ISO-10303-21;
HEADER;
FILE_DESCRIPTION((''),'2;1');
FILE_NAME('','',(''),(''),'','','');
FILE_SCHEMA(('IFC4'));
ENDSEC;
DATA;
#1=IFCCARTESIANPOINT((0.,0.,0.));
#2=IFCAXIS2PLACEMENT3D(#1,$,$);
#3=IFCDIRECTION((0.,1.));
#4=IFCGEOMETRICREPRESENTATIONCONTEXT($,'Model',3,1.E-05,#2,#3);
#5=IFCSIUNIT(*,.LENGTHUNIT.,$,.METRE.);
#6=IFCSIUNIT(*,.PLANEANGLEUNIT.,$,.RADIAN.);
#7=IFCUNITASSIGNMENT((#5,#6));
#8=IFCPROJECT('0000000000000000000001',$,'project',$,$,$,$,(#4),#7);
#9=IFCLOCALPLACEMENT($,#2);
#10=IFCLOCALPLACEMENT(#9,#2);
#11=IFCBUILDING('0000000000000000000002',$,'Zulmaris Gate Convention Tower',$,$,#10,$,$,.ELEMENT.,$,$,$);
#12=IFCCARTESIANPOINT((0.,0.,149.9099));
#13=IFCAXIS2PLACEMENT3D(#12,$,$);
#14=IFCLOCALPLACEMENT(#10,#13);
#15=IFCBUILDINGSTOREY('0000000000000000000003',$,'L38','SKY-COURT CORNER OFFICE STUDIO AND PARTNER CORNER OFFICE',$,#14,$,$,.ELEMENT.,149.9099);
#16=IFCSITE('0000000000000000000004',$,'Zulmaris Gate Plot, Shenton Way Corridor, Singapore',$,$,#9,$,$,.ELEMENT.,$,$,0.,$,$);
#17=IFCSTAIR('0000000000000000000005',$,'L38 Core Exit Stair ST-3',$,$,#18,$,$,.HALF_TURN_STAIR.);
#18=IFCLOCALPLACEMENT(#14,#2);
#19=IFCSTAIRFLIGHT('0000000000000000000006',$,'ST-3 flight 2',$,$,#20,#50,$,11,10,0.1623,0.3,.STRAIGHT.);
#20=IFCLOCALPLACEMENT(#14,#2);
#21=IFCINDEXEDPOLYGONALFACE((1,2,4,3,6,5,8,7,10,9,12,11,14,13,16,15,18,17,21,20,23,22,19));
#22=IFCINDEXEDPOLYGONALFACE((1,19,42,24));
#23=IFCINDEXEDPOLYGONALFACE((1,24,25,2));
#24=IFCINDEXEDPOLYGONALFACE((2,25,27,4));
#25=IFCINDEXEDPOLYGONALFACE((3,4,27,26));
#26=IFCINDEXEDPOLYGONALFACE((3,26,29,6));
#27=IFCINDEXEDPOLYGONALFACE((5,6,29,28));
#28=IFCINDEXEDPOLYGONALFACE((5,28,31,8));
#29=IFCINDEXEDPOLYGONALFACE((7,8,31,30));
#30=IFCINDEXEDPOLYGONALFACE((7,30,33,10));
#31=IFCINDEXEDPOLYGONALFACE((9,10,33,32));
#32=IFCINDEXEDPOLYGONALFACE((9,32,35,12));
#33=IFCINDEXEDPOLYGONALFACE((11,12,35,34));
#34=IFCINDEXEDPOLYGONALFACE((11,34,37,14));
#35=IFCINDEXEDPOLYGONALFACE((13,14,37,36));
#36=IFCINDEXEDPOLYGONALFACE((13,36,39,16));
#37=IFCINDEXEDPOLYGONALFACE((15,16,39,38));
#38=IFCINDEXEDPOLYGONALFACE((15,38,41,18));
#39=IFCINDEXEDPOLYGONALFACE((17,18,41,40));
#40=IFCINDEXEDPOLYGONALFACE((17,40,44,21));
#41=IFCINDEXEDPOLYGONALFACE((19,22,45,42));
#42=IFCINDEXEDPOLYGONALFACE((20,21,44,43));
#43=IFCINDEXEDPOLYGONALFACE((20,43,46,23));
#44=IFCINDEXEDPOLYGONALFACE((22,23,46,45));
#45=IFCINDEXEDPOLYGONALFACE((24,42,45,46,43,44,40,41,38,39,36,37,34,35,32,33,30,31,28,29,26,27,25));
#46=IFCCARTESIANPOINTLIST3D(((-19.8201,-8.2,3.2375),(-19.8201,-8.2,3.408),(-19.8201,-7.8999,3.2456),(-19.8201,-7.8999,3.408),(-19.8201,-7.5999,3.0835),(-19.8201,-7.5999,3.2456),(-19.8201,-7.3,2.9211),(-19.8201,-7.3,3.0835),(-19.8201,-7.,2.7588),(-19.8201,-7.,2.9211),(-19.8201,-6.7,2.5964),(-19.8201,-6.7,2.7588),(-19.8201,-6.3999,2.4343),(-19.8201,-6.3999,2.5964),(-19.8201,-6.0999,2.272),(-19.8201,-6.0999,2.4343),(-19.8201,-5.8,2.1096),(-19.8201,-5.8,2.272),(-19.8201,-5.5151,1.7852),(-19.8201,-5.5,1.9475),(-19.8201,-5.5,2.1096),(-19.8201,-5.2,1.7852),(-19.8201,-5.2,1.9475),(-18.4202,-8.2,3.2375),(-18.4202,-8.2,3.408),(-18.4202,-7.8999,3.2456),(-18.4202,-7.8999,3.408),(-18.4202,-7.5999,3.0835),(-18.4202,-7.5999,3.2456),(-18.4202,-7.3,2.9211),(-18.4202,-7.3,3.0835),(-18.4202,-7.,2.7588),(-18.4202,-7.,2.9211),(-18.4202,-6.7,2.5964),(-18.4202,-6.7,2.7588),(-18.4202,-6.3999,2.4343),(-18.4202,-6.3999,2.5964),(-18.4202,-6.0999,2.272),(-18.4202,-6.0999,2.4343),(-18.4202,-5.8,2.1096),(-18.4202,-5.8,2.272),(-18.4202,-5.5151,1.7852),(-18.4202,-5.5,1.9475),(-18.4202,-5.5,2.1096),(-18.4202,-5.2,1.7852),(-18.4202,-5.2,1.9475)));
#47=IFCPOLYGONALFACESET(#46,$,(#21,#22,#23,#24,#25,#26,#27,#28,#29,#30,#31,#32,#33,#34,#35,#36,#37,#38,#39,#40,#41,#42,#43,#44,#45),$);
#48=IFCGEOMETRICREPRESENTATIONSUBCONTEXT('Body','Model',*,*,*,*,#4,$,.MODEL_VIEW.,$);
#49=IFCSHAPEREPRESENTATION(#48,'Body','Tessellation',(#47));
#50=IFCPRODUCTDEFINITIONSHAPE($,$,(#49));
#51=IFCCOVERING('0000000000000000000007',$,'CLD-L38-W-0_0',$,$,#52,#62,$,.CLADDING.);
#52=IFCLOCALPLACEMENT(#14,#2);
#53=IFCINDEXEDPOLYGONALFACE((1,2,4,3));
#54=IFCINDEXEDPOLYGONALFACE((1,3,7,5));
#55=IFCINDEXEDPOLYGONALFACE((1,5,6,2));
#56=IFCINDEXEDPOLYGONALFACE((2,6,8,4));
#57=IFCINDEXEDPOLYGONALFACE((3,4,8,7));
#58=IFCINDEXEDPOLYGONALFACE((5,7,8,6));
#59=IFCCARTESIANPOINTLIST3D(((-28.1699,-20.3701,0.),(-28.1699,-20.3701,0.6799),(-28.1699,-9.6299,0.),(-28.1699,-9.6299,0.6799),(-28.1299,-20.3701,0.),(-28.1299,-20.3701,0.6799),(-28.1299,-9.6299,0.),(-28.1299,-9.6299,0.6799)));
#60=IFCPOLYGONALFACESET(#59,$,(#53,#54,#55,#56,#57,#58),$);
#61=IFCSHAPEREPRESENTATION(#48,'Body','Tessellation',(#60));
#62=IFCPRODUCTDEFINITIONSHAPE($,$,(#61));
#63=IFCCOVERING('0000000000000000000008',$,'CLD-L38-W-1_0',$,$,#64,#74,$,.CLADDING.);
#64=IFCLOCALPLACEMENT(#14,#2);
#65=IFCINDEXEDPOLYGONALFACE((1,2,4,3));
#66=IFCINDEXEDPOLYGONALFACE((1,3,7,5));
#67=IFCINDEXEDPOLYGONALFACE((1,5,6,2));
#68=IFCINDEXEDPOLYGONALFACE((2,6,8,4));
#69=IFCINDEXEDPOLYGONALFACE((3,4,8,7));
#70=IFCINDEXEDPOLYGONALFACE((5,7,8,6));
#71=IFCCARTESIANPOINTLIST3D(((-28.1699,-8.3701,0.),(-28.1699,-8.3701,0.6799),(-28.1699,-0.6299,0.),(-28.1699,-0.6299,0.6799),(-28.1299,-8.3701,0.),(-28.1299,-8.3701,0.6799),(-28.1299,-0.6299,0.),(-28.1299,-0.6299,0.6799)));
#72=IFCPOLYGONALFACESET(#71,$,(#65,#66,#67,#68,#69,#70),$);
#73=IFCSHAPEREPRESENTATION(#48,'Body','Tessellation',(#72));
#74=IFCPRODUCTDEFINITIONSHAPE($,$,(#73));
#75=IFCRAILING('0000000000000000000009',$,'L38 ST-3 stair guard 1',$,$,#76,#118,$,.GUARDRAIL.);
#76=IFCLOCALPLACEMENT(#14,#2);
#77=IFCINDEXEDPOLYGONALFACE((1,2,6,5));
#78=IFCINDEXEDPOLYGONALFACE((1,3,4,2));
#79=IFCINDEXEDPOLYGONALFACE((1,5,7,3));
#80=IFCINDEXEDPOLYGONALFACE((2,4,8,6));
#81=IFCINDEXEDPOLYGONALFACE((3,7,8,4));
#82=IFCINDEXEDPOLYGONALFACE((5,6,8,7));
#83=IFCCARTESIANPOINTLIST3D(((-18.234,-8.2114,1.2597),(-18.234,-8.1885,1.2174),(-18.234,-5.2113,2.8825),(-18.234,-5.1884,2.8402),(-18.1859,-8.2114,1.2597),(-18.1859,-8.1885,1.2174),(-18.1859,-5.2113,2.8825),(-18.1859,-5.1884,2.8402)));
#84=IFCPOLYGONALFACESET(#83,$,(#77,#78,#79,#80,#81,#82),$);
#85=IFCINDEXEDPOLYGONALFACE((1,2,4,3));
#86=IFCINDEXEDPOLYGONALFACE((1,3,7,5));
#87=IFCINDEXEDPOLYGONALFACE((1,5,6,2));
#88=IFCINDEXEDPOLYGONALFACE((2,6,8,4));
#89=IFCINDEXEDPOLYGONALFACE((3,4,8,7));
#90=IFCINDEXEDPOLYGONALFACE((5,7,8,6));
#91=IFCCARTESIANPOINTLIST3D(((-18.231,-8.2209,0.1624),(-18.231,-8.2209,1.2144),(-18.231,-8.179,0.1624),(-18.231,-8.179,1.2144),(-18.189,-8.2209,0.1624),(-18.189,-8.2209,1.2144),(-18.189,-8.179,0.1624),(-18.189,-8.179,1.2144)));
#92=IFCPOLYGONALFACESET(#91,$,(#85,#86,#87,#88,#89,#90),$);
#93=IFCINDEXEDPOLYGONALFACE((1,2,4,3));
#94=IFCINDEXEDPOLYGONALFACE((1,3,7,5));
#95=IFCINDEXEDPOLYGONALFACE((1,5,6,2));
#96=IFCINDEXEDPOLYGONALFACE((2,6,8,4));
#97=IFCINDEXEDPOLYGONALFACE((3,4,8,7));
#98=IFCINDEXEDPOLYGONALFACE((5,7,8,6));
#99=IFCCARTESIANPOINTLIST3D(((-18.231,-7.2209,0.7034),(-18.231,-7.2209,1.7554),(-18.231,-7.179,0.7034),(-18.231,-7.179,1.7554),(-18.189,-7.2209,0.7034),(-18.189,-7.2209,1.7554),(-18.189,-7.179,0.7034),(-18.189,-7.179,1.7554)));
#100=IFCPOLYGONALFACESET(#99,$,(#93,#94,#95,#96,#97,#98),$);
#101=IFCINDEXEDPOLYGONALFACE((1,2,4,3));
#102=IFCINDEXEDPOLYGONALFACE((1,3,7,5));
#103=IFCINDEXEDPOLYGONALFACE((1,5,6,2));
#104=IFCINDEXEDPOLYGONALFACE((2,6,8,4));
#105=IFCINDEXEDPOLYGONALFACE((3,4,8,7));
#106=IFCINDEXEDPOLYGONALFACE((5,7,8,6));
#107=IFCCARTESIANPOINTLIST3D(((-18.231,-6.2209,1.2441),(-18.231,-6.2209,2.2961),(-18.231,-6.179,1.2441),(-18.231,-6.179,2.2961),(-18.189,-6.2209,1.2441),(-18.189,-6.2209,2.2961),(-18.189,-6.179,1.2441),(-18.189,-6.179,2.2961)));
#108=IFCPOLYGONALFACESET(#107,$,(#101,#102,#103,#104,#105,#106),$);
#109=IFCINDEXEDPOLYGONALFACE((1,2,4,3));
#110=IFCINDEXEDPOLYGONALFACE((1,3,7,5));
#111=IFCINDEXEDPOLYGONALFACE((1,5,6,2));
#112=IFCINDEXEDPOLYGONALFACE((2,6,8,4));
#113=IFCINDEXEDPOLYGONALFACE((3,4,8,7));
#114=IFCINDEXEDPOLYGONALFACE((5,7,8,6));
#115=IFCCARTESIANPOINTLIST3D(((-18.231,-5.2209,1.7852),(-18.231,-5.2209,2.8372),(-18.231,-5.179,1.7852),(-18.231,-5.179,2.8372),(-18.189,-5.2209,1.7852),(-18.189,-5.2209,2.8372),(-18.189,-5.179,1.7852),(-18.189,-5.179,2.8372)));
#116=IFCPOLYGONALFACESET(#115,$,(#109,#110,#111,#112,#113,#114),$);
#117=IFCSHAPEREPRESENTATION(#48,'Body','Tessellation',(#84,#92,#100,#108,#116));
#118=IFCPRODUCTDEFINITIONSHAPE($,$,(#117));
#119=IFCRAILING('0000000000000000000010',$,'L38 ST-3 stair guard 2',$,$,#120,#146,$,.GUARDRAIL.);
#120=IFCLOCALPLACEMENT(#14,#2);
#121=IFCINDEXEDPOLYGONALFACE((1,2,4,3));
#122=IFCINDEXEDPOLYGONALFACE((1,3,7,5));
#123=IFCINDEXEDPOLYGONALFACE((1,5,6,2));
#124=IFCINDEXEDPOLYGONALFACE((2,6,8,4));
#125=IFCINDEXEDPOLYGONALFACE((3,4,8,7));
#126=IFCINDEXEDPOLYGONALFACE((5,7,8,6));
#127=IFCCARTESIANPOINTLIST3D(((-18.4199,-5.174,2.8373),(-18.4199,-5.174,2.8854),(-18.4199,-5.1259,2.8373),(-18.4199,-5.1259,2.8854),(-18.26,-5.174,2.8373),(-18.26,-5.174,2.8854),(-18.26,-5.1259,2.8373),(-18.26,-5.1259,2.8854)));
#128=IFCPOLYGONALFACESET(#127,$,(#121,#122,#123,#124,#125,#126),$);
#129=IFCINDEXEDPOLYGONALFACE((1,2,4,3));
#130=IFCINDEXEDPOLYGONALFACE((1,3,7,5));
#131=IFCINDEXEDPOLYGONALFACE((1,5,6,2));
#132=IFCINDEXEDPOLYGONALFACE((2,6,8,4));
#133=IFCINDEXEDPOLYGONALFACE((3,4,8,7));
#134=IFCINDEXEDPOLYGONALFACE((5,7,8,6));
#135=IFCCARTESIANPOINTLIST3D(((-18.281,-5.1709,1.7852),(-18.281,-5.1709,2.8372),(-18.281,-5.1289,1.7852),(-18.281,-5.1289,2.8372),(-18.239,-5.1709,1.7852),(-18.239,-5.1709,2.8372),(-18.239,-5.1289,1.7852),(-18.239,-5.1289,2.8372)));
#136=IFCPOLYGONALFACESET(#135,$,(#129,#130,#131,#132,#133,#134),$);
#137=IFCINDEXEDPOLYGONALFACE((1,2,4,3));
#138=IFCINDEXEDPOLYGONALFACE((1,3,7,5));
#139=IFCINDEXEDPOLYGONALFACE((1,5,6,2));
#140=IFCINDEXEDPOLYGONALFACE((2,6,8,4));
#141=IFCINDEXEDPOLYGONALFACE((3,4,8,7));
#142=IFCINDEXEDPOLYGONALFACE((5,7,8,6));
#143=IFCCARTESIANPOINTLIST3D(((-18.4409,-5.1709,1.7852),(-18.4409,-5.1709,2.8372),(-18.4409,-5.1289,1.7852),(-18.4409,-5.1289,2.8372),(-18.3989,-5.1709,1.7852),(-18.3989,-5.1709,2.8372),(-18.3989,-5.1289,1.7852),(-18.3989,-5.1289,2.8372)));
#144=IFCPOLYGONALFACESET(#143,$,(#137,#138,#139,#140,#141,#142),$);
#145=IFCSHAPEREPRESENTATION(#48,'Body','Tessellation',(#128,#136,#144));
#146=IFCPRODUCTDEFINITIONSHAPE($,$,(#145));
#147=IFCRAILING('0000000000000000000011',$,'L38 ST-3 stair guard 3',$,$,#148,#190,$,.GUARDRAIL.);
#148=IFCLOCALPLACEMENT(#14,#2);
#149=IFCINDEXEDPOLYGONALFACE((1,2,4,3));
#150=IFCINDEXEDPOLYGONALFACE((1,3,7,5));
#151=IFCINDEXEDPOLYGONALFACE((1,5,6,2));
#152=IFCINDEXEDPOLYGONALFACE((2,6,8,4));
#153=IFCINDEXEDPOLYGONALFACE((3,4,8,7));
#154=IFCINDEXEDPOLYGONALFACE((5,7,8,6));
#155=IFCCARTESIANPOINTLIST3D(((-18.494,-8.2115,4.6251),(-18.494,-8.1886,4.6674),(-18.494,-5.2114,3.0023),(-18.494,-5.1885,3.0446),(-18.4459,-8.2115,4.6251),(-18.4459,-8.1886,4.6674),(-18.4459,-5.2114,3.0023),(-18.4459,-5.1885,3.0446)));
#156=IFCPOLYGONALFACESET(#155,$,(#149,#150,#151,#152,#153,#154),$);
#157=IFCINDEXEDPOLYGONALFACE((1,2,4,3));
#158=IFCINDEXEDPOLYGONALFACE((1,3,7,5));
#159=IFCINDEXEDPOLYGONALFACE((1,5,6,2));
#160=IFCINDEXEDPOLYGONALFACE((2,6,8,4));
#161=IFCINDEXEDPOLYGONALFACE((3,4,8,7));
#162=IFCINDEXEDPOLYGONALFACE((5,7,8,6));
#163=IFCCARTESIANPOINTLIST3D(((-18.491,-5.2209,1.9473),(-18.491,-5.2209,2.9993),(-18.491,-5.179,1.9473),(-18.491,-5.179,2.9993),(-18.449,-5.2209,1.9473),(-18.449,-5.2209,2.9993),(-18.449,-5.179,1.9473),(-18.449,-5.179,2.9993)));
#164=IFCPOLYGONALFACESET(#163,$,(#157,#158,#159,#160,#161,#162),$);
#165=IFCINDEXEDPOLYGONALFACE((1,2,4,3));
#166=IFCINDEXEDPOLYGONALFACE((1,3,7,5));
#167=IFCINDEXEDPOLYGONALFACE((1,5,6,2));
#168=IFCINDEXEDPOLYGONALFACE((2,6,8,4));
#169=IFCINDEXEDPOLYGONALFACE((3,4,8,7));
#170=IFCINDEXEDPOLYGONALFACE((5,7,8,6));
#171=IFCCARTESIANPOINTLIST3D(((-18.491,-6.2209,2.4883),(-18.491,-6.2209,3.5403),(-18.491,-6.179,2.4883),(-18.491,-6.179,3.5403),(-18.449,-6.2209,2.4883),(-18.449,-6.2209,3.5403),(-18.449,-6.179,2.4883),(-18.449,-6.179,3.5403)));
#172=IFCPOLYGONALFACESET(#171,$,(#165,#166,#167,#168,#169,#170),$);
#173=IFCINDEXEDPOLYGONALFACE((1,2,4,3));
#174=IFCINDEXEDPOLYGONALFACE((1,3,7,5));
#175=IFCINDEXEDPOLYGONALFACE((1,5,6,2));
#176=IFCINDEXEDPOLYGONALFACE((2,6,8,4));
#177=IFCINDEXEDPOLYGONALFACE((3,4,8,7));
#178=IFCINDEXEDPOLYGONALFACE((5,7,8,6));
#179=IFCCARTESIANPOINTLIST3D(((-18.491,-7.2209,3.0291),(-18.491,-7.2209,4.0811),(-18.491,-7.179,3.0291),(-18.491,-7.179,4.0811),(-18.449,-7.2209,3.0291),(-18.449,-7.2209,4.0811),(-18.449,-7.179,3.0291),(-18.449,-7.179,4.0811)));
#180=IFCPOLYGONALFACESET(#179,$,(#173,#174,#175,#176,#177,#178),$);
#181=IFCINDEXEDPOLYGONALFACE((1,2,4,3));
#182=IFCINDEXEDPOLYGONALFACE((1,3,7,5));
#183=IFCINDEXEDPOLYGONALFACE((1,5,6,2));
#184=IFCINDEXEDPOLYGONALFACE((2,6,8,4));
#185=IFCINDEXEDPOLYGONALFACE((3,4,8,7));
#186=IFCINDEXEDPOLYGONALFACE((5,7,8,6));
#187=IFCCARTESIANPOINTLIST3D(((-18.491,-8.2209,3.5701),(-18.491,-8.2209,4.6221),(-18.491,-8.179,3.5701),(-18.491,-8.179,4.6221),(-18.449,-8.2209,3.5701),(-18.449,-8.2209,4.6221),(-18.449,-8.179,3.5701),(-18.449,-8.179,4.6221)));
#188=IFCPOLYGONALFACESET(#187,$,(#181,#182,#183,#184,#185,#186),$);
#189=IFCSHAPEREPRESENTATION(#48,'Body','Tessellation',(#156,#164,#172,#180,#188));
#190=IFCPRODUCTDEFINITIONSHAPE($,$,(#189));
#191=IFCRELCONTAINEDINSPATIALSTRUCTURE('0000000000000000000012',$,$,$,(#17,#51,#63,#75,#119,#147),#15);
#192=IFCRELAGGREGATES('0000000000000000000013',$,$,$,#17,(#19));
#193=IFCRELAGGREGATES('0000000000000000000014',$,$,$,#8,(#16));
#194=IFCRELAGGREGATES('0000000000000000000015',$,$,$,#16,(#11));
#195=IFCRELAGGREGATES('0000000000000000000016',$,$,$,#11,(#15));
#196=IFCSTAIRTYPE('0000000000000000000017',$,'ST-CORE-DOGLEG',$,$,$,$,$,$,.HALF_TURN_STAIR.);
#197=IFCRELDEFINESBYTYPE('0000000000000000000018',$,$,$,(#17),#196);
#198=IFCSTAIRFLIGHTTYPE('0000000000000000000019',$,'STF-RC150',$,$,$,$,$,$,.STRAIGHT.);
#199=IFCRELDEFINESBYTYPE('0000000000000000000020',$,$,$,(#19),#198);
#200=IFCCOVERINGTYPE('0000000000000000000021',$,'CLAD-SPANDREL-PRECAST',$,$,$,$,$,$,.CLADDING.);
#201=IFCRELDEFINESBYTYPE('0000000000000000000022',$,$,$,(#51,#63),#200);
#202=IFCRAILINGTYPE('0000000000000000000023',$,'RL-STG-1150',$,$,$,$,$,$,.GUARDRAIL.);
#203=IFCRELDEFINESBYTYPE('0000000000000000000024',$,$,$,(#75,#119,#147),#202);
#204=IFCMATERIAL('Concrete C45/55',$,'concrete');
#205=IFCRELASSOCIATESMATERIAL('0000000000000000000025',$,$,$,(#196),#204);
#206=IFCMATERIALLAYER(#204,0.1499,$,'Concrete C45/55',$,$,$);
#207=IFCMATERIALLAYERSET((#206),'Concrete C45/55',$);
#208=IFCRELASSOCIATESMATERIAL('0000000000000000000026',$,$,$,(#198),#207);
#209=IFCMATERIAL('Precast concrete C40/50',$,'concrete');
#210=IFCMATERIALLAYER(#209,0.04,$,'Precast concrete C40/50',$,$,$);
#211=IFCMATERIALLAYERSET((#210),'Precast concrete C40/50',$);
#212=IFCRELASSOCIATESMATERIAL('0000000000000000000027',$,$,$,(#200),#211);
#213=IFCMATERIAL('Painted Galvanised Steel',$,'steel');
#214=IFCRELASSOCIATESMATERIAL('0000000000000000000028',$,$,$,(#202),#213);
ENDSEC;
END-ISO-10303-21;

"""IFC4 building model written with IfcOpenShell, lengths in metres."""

from ifc_helpers import new_model, si_unit, direction, frame, frame_2d, origin, origin_2d, place, context, subcontext, project, spatial, polyline, rectangle, outline, extrude, material, layer, layer_set, type_object, element, aggregate, save


model = new_model("IFC4")

# Units and contexts
model_context = context("Model", 3, precision=1e-05, world=origin(), true_north=direction((0.0, 1.0)))
body_context = subcontext(model_context, "Body", "Model", "MODEL_VIEW")
ifc_project = project(units=[si_unit("LENGTHUNIT", "METRE"), si_unit("PLANEANGLEUNIT", "RADIAN")], contexts=[model_context])

# Site, building, storey
site_placement = place(None, origin())
site = spatial("IfcSite", under=ifc_project, at=site_placement, Name="Zulmaris Gate Plot, Shenton Way Corridor, Singapore", CompositionType="ELEMENT", RefElevation=0.0)
building_placement = place(site_placement, origin())
building = spatial("IfcBuilding", under=site, at=building_placement, Name="Zulmaris Gate Convention Tower", CompositionType="ELEMENT")
storey_placement = place(building_placement, frame((0.0, 0.0, 149.9099)))
storey = spatial("IfcBuildingStorey", under=building, at=storey_placement, Name="L38", Description="SKY-COURT CORNER OFFICE STUDIO AND PARTNER CORNER OFFICE", CompositionType="ELEMENT", Elevation=149.9099)

# Shared definitions
ifc_material_1 = material(Name="Precast concrete C40/50", Category="concrete")

# Stair, stair flight
ifc_material_2 = material(Name="Concrete C45/55", Category="concrete")
stair_type = type_object("IfcStairType", Name="ST-CORE-DOGLEG", PredefinedType="HALF_TURN_STAIR", material=ifc_material_2)
stair_placement = place(storey_placement, origin())
stair = element("IfcStair", 1, at=stair_placement, inside=storey, type_object=stair_type, Name="L38 Core Exit Stair ST-3", PredefinedType="HALF_TURN_STAIR")
ifc_layer_1 = layer(ifc_material_2, 0.1499, Name="Concrete C45/55")
ifc_layer_set_1 = layer_set([ifc_layer_1], Name="Concrete C45/55")
stair_flight_type = type_object("IfcStairFlightType", Name="STF-RC150", PredefinedType="STRAIGHT", material=ifc_layer_set_1)
stair_flight_1_placement = place(storey_placement, frame((-19.1201, -5.2, 1.7852), z_axis=(0.0, 0.0, 1.0), x_axis=(0.0, -1.0, 0.0)))
stair_flight_1 = element("IfcStairFlight", 2, at=stair_flight_1_placement, type_object=stair_flight_type, Name="ST-3 flight 2", NumberOfRisers=11, NumberOfTreads=10, PredefinedType="STRAIGHT", RiserHeight=0.1623, TreadLength=0.3, context=body_context, shape_type="SweptSolid", body=[
    extrude(outline(polyline([(0.0, 0.0), (0.0, 0.1624), (0.3, 0.1624), (0.3, 0.3245), (0.6001, 0.3245), (0.6001, 0.4868), (0.8999, 0.4868), (0.8999, 0.6492), (1.2, 0.6492), (1.2, 0.8113), (1.5, 0.8113), (1.5, 0.9736), (1.8, 0.9736), (1.8, 1.136), (2.1001, 1.136), (2.1001, 1.2983), (2.3999, 1.2983), (2.3999, 1.4604), (2.7, 1.4604), (2.7, 1.6228), (3.0, 1.6228), (3.0, 1.7852), (3.0, 1.4524), (0.3152, 0.0), (0.0, 0.0)])), frame((0.0, 0.7, 0.0), z_axis=(0.0, -1.0, 0.0), x_axis=(1.0, 0.0, 0.0)), (0.0, 0.0, 1.0), 1.3999),
])
aggregate(stair, [stair_flight_1])

# Coverings
ifc_layer_2 = layer(ifc_material_1, 0.04, Name="Precast concrete C40/50")
ifc_layer_set_2 = layer_set([ifc_layer_2], Name="Precast concrete C40/50")
covering_type = type_object("IfcCoveringType", Name="CLAD-SPANDREL-PRECAST", PredefinedType="CLADDING", material=ifc_layer_set_2)
covering_1_placement = place(storey_placement, frame((-28.1499, -9.6299, 0.0), z_axis=(0.0, 0.0, 1.0), x_axis=(0.0, -1.0, 0.0)))
element("IfcCovering", 3, at=covering_1_placement, inside=storey, type_object=covering_type, Name="CLD-L38-W-0_0", PredefinedType="CLADDING", context=body_context, shape_type="SweptSolid", body=[
    extrude(rectangle(XDim=10.7402, YDim=0.04, at=frame_2d((5.3701, 0.0))), origin(), (0.0, 0.0, 1.0), 0.6799),
])
covering_2_placement = place(storey_placement, frame((-28.1499, -0.6299, 0.0), z_axis=(0.0, 0.0, 1.0), x_axis=(0.0, -1.0, 0.0)))
element("IfcCovering", 4, at=covering_2_placement, inside=storey, type_object=covering_type, Name="CLD-L38-W-1_0", PredefinedType="CLADDING", context=body_context, shape_type="SweptSolid", body=[
    extrude(rectangle(XDim=7.7402, YDim=0.04, at=frame_2d((3.8701, 0.0))), origin(), (0.0, 0.0, 1.0), 0.6799),
])

# Railings
ifc_material_3 = material(Name="Painted Galvanised Steel", Category="steel")
railing_type_1 = type_object("IfcRailingType", Name="RL-STG-1150", PredefinedType="GUARDRAIL", material=ifc_material_3)
railing_1_placement = place(storey_placement, frame((-18.21, -8.2, 0.1624)))
element("IfcRailing", 5, at=railing_1_placement, inside=storey, type_object=railing_type_1, Name="L38 ST-3 stair guard 1", PredefinedType="GUARDRAIL", context=body_context, shape_type="SweptSolid", body=[
    extrude(rectangle(XDim=0.0481, YDim=0.0481, at=origin_2d()), frame((0.0, 0.0, 1.0762), z_axis=(0.0, 0.879562, 0.475785), x_axis=(-1.0, 0.0, 0.0)), (0.0, 0.0, 1.0), 3.4109),
    extrude(rectangle(XDim=0.042, YDim=0.042, at=origin_2d()), origin(), (0.0, 0.0, 1.0), 1.052),
    extrude(rectangle(XDim=0.042, YDim=0.042, at=origin_2d()), frame((0.0, 1.0, 0.541)), (0.0, 0.0, 1.0), 1.052),
    extrude(rectangle(XDim=0.042, YDim=0.042, at=origin_2d()), frame((0.0, 2.0, 1.0818)), (0.0, 0.0, 1.0), 1.052),
    extrude(rectangle(XDim=0.042, YDim=0.042, at=origin_2d()), frame((0.0, 3.0, 1.6228)), (0.0, 0.0, 1.0), 1.052),
])
railing_2_placement = place(storey_placement, frame((-18.26, -5.1499, 1.7852)))
element("IfcRailing", 6, at=railing_2_placement, inside=storey, type_object=railing_type_1, Name="L38 ST-3 stair guard 2", PredefinedType="GUARDRAIL", context=body_context, shape_type="SweptSolid", body=[
    extrude(rectangle(XDim=0.0481, YDim=0.0481, at=origin_2d()), frame((0.0, 0.0, 1.0762), z_axis=(-1.0, 0.0, 0.0), x_axis=(0.0, -1.0, 0.0)), (0.0, 0.0, 1.0), 0.1599),
    extrude(rectangle(XDim=0.042, YDim=0.042, at=origin_2d()), origin(), (0.0, 0.0, 1.0), 1.052),
    extrude(rectangle(XDim=0.042, YDim=0.042, at=origin_2d()), frame((-0.1599, 0.0, 0.0)), (0.0, 0.0, 1.0), 1.052),
])
railing_3_placement = place(storey_placement, frame((-18.47, -5.2, 1.9473)))
element("IfcRailing", 7, at=railing_3_placement, inside=storey, type_object=railing_type_1, Name="L38 ST-3 stair guard 3", PredefinedType="GUARDRAIL", context=body_context, shape_type="SweptSolid", body=[
    extrude(rectangle(XDim=0.0481, YDim=0.0481, at=origin_2d()), frame((0.0, 0.0, 1.0762), z_axis=(0.0, -0.879562, 0.475785), x_axis=(1.0, 0.0, 0.0)), (0.0, 0.0, 1.0), 3.4109),
    extrude(rectangle(XDim=0.042, YDim=0.042, at=origin_2d()), origin(), (0.0, 0.0, 1.0), 1.052),
    extrude(rectangle(XDim=0.042, YDim=0.042, at=origin_2d()), frame((0.0, -1.0, 0.541)), (0.0, 0.0, 1.0), 1.052),
    extrude(rectangle(XDim=0.042, YDim=0.042, at=origin_2d()), frame((0.0, -2.0, 1.0818)), (0.0, 0.0, 1.0), 1.052),
    extrude(rectangle(XDim=0.042, YDim=0.042, at=origin_2d()), frame((0.0, -3.0, 1.6228)), (0.0, 0.0, 1.0), 1.052),
])

save(model, "model.ifc")
